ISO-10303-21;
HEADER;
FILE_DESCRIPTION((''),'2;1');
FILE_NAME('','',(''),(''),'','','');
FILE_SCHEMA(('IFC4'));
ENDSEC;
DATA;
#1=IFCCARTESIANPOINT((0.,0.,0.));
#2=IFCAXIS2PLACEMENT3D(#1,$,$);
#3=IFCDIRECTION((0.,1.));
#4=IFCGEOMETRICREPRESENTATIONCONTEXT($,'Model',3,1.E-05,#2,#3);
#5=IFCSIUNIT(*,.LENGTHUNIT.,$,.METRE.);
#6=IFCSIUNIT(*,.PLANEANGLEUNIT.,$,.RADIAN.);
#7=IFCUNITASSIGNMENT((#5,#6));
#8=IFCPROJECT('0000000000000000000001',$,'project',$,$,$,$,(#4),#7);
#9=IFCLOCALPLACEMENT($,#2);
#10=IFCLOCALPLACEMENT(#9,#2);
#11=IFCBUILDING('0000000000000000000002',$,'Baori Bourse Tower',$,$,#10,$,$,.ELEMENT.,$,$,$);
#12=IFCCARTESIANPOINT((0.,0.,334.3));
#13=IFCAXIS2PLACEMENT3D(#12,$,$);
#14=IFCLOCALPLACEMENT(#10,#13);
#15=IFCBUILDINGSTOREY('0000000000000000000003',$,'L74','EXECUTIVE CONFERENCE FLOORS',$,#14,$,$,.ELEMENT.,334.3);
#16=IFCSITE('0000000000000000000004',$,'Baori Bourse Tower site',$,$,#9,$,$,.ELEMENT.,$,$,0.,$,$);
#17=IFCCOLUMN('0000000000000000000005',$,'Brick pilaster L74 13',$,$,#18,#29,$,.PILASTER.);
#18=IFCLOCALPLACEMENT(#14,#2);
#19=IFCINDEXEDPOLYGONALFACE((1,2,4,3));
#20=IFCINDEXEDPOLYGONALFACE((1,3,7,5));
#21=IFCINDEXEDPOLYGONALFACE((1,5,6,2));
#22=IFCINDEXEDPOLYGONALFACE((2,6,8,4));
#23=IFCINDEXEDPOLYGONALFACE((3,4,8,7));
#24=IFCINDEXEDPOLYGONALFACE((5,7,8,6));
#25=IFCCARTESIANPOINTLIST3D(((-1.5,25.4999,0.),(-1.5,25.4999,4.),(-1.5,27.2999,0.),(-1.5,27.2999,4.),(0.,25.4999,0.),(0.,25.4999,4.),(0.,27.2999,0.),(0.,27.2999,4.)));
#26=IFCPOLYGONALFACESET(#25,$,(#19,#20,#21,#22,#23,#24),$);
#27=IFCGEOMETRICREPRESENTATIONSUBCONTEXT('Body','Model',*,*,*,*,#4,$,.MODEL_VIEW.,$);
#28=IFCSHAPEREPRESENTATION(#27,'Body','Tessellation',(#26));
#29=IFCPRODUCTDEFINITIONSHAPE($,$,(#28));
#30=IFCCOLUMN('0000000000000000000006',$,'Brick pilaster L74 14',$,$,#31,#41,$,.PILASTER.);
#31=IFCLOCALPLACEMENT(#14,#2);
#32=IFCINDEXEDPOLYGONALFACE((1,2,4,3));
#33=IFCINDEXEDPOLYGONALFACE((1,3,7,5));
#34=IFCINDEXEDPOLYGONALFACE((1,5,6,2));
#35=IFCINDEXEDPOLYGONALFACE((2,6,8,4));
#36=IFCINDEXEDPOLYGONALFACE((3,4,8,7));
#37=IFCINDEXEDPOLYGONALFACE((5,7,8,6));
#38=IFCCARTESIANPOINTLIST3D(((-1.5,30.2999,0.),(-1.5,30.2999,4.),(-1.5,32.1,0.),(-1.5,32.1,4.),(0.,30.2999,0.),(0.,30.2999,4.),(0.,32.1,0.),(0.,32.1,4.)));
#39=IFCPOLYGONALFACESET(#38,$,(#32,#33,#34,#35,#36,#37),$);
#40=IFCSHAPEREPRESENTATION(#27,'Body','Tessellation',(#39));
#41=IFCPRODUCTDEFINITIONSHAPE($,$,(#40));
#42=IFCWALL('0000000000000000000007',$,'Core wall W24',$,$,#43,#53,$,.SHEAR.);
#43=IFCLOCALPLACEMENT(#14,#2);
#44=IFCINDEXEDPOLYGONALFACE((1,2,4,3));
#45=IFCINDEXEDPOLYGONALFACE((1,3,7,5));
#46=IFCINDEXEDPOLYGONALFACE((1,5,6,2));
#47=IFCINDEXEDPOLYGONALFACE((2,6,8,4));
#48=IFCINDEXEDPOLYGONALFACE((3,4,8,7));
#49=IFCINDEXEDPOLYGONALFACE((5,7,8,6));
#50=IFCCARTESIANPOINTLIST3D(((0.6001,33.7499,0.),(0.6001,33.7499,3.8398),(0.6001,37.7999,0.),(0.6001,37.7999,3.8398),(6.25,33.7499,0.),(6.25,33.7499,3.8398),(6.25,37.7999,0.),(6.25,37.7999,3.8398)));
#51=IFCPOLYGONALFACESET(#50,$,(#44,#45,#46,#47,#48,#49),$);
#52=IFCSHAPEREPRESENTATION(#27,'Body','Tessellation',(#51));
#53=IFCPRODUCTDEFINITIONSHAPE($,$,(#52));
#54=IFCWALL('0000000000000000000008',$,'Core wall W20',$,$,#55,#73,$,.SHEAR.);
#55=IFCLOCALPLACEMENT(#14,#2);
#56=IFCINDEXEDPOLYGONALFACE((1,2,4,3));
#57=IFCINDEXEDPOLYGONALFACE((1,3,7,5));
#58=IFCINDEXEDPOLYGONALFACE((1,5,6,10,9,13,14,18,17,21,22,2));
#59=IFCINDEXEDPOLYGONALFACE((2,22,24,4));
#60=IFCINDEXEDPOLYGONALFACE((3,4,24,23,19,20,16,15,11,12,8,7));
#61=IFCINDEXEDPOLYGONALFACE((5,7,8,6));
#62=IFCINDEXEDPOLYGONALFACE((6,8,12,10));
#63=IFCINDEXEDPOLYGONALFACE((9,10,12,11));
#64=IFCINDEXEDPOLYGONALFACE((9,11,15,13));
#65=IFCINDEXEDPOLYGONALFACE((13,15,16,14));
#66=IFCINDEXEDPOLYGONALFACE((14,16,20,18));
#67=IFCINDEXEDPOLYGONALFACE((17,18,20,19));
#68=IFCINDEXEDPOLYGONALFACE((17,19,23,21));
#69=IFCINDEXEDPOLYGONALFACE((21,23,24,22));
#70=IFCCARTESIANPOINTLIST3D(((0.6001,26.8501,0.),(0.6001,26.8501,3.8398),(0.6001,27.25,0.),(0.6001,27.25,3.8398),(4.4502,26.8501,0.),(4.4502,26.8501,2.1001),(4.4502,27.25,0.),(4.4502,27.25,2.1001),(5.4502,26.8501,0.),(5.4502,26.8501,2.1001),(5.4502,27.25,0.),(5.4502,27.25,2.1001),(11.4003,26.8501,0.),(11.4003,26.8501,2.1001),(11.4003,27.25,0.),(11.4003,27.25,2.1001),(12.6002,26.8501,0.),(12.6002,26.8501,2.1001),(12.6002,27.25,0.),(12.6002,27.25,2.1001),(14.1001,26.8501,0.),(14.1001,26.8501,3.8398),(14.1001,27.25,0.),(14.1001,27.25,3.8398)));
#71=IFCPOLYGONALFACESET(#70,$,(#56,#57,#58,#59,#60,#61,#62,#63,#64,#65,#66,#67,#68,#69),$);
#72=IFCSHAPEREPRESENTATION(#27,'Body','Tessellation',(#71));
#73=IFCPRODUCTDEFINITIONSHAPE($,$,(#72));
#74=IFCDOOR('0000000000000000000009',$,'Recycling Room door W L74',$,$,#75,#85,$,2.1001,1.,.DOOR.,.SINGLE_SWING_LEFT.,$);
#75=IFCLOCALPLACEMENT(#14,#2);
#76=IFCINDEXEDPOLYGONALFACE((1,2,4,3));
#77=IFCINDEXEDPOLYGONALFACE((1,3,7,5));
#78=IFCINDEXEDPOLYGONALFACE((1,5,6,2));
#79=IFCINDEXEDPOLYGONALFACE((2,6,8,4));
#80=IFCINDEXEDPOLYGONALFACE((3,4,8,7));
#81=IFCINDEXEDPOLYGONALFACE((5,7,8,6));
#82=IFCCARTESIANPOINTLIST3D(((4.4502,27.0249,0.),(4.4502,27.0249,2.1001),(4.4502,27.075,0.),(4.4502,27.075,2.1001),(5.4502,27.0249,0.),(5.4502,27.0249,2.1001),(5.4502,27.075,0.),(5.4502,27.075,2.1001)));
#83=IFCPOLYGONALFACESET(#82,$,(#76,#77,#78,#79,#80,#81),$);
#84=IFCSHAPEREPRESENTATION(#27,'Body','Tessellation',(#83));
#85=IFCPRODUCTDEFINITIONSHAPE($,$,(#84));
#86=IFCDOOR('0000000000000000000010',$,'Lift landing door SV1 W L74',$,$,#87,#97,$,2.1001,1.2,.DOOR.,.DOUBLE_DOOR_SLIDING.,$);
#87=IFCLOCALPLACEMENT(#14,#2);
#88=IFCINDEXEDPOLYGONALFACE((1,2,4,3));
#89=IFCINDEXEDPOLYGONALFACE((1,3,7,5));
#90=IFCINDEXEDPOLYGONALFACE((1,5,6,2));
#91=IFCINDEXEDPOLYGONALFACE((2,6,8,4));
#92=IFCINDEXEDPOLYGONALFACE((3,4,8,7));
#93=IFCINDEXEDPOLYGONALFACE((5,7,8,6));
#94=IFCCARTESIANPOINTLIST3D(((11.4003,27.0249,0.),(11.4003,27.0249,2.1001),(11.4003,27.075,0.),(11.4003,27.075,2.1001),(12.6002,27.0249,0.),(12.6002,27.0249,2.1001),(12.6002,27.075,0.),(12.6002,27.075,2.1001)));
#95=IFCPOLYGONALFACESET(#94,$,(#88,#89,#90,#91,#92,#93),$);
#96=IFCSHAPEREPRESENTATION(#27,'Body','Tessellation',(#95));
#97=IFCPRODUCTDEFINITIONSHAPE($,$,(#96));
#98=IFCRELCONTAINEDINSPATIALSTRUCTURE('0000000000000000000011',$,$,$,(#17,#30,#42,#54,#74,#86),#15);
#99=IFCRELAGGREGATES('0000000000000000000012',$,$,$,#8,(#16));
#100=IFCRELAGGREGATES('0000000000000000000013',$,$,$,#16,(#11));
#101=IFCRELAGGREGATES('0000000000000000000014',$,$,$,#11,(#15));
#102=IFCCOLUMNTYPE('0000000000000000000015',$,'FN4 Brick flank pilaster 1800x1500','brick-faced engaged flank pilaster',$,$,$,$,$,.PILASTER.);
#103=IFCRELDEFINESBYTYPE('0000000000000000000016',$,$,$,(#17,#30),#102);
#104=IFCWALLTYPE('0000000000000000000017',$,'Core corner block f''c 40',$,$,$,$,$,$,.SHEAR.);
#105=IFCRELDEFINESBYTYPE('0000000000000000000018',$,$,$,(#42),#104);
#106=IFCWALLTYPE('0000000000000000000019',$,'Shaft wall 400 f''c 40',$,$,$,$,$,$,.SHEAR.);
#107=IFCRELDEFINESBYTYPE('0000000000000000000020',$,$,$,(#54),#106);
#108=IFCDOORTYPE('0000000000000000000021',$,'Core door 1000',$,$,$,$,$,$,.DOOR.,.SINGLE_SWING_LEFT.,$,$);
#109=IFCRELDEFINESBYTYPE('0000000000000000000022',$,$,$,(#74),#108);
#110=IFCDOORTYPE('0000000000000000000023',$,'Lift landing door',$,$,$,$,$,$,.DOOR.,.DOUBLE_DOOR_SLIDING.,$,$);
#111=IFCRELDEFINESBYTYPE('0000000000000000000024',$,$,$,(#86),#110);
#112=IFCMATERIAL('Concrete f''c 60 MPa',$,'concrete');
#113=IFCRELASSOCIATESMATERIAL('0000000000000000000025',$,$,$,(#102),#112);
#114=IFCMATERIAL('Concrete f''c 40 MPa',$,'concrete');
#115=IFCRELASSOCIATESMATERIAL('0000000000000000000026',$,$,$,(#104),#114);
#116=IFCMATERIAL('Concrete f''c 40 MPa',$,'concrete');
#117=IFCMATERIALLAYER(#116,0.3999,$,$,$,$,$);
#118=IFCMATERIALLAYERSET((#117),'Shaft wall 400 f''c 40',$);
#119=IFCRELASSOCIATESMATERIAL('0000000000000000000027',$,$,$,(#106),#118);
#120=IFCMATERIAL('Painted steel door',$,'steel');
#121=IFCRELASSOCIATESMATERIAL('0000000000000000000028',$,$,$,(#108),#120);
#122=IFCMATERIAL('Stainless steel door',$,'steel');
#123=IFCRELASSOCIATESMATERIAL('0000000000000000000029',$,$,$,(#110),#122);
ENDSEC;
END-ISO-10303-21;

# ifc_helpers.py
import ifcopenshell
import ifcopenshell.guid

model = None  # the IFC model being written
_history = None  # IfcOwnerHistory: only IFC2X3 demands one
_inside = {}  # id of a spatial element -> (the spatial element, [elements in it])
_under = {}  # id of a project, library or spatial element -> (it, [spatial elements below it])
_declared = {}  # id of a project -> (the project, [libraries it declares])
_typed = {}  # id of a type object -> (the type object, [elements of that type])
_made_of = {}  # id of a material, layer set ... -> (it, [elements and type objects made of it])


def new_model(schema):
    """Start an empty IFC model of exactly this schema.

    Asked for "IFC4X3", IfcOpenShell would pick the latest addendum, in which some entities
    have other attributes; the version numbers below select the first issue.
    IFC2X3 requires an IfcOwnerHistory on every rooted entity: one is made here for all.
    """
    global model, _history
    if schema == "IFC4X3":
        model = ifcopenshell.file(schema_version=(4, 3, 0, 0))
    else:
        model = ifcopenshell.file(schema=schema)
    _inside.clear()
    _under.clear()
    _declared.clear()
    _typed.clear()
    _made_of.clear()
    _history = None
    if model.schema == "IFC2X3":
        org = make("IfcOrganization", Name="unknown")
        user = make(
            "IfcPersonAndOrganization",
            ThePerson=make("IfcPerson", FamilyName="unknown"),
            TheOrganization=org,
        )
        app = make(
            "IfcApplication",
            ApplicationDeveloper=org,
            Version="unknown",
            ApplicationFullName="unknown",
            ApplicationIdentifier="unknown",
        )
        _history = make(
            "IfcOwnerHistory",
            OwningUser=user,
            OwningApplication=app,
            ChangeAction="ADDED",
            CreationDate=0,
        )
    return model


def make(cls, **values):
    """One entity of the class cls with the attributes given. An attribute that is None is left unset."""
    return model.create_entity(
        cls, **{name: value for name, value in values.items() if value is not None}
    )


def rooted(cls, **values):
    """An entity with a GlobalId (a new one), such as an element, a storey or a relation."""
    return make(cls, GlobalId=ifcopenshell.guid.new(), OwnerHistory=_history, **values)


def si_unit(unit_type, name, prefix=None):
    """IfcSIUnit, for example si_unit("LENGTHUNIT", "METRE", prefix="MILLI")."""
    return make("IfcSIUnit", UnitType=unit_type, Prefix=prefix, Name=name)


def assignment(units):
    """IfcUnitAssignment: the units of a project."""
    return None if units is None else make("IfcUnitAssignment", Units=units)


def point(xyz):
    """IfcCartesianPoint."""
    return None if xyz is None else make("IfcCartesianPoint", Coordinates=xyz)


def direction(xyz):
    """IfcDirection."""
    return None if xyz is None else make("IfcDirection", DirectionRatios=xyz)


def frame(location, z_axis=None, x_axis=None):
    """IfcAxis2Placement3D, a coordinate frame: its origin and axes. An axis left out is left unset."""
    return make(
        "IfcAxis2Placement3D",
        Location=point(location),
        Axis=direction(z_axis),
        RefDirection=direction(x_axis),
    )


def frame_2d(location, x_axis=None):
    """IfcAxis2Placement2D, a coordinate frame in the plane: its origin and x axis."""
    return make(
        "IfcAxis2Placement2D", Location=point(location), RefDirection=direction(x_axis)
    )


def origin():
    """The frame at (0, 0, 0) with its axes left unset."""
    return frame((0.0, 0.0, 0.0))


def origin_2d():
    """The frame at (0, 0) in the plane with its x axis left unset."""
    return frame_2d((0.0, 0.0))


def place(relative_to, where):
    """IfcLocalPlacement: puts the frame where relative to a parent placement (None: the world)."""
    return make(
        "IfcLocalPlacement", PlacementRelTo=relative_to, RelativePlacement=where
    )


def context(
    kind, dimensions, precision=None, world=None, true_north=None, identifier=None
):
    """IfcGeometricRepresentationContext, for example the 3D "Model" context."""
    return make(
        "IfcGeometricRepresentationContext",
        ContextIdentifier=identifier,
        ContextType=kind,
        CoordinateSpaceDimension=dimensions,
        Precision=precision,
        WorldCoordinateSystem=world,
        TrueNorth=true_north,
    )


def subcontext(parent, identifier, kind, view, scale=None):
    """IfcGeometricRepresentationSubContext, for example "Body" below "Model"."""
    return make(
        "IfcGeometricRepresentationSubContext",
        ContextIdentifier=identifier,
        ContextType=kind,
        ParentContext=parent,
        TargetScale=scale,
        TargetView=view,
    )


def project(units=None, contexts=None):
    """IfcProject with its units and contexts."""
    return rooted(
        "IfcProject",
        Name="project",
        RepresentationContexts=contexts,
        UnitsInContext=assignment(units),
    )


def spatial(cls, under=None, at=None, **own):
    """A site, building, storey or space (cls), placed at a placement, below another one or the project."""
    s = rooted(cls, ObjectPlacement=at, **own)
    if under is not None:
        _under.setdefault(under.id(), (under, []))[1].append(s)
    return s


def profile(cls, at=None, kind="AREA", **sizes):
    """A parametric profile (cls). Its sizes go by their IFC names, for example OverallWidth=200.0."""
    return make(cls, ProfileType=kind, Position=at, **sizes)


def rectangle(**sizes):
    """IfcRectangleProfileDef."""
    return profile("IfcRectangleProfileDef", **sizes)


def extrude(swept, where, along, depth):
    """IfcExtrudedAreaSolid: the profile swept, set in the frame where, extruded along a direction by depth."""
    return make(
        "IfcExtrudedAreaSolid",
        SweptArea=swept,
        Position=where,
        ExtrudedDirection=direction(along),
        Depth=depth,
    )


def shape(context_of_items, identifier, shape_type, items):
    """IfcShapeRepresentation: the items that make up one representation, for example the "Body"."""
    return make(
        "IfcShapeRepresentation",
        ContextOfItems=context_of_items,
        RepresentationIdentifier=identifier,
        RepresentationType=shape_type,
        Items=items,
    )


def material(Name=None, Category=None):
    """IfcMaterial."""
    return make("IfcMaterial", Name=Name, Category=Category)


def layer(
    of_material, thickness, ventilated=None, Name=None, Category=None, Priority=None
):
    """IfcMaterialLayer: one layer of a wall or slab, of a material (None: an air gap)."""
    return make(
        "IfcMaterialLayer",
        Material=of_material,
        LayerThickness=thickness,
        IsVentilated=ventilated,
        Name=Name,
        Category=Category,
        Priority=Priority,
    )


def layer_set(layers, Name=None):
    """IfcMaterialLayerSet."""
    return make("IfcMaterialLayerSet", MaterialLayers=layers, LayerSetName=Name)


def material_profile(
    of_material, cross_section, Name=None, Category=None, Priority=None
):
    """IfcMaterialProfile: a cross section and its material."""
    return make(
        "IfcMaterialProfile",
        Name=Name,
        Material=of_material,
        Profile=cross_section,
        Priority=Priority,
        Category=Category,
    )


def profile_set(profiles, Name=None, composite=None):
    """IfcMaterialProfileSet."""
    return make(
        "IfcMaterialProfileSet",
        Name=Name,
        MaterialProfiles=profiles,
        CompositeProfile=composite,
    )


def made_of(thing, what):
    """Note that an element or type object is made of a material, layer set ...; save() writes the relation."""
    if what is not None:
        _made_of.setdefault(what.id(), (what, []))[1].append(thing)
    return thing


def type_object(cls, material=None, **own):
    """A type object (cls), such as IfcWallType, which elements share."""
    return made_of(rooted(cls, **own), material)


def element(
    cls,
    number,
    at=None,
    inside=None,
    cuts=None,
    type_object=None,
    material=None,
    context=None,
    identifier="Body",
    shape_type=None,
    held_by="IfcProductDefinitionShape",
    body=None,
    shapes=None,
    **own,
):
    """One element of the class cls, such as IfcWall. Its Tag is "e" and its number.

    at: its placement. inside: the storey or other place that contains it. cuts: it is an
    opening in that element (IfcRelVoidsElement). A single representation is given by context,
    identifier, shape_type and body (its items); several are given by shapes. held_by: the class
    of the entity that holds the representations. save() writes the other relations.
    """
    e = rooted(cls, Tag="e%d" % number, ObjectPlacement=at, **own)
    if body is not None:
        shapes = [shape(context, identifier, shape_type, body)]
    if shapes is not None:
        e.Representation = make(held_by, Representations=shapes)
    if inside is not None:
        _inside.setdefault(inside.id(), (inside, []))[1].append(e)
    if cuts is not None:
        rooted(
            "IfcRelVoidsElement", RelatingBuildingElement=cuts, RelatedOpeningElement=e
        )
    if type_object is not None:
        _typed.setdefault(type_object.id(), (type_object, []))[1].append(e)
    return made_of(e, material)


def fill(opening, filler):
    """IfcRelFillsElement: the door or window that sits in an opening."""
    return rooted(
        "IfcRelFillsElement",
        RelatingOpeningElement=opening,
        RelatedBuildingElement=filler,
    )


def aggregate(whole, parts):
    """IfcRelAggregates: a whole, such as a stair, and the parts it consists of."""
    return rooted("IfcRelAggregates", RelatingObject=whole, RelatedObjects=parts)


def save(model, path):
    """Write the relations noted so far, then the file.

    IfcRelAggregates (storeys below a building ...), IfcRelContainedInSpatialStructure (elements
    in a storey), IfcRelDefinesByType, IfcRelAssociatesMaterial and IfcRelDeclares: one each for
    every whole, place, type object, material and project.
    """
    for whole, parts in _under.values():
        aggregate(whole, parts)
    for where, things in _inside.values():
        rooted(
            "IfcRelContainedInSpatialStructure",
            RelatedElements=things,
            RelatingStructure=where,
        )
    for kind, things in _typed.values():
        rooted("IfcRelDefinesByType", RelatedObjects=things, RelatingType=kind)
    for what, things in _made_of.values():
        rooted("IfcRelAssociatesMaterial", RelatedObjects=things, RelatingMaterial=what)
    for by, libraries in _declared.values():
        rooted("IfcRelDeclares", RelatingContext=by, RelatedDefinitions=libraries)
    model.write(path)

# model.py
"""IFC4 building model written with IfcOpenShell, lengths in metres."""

from ifc_helpers import new_model, si_unit, direction, frame, frame_2d, origin, origin_2d, place, context, subcontext, project, spatial, rectangle, extrude, material, layer, layer_set, material_profile, profile_set, type_object, element, fill, save


model = new_model("IFC4")

# Units and contexts
model_context = context("Model", 3, precision=1e-05, world=origin(), true_north=direction((0.0, 1.0)))
body_context = subcontext(model_context, "Body", "Model", "MODEL_VIEW")
ifc_project = project(units=[si_unit("LENGTHUNIT", "METRE"), si_unit("PLANEANGLEUNIT", "RADIAN")], contexts=[model_context])

# Site, building, storey
site_placement = place(None, origin())
site = spatial("IfcSite", under=ifc_project, at=site_placement, Name="Baori Bourse Tower site", CompositionType="ELEMENT", RefElevation=0.0)
building_placement = place(site_placement, origin())
building = spatial("IfcBuilding", under=site, at=building_placement, Name="Baori Bourse Tower", CompositionType="ELEMENT")
storey_placement = place(building_placement, frame((0.0, 0.0, 334.3)))
storey = spatial("IfcBuildingStorey", under=building, at=storey_placement, Name="L74", Description="EXECUTIVE CONFERENCE FLOORS", CompositionType="ELEMENT", Elevation=334.3)

# Columns
ifc_material_1 = material(Name="Concrete f'c 60 MPa", Category="concrete")
ifc_material_profile = material_profile(ifc_material_1, rectangle(XDim=1.8, YDim=1.5, at=origin_2d()), Name="RC 1800x1500")
ifc_profile_set = profile_set([ifc_material_profile], Name="Concrete f'c 60 MPa")
column_type = type_object("IfcColumnType", Name="FN4 Brick flank pilaster 1800x1500", Description="brick-faced engaged flank pilaster", PredefinedType="PILASTER", material=ifc_profile_set)
for number, where, z_axis, x_axis, name in (
    (1, (-0.75, 26.3999, 0.0), (0.0, 0.0, 1.0), (0.0, 1.0, 0.0), "Brick pilaster L74 13"),
    (2, (-0.75, 31.2, 0.0), (0.0, 0.0, 1.0), (0.0, 1.0, 0.0), "Brick pilaster L74 14"),
):
    element("IfcColumn", number, at=place(storey_placement, frame(where, z_axis=z_axis, x_axis=x_axis)), inside=storey, type_object=column_type, Name=name, PredefinedType="PILASTER", context=body_context, shape_type="SweptSolid", body=[
        extrude(rectangle(XDim=1.8, YDim=1.5, at=origin_2d()), origin(), (0.0, 0.0, 1.0), 4.0),
    ])

# Wall
ifc_material_2 = material(Name="Concrete f'c 40 MPa", Category="concrete")
wall_type_1 = type_object("IfcWallType", Name="Core corner block f'c 40", PredefinedType="SHEAR", material=ifc_material_2)
wall_1_placement = place(storey_placement, frame((0.6001, 35.7749, 0.0), z_axis=(0.0, 0.0, 1.0), x_axis=(1.0, 0.0, 0.0)))
element("IfcWall", 3, at=wall_1_placement, inside=storey, type_object=wall_type_1, Name="Core wall W24", PredefinedType="SHEAR", context=body_context, shape_type="SweptSolid", body=[
    extrude(rectangle(XDim=5.6499, YDim=4.05, at=frame_2d((2.825, 0.0))), origin(), (0.0, 0.0, 1.0), 3.8398),
])

# Wall, openings, doors
ifc_material_3 = material(Name="Concrete f'c 40 MPa", Category="concrete")
ifc_layer_1 = layer(ifc_material_3, 0.3999)
ifc_layer_set_1 = layer_set([ifc_layer_1], Name="Shaft wall 400 f'c 40")
wall_type_2 = type_object("IfcWallType", Name="Shaft wall 400 f'c 40", PredefinedType="SHEAR", material=ifc_layer_set_1)
wall_2_placement = place(storey_placement, frame((0.6001, 27.05, 0.0), z_axis=(0.0, 0.0, 1.0), x_axis=(1.0, 0.0, 0.0)))
wall_2 = element("IfcWall", 4, at=wall_2_placement, inside=storey, type_object=wall_type_2, Name="Core wall W20", PredefinedType="SHEAR", context=body_context, shape_type="SweptSolid", body=[
    extrude(rectangle(XDim=13.5, YDim=0.3999, at=frame_2d((6.75, 0.0))), origin(), (0.0, 0.0, 1.0), 3.8398),
])
opening_1_placement = place(wall_2_placement, frame((3.8501, 0.0, 0.0)))
opening_1 = element("IfcOpeningElement", 5, at=opening_1_placement, cuts=wall_2, PredefinedType="OPENING", context=body_context, shape_type="SweptSolid", body=[
    extrude(rectangle(XDim=1.0, YDim=2.1001, at=frame_2d((0.5, 1.05))), frame((0.0, 0.21, 0.0), z_axis=(0.0, -1.0, 0.0), x_axis=(1.0, 0.0, 0.0)), (0.0, 0.0, 1.0), 0.4199),
])
opening_2_placement = place(wall_2_placement, frame((10.8, 0.0, 0.0)))
opening_2 = element("IfcOpeningElement", 6, at=opening_2_placement, cuts=wall_2, PredefinedType="OPENING", context=body_context, shape_type="SweptSolid", body=[
    extrude(rectangle(XDim=1.2, YDim=2.1001, at=frame_2d((0.6001, 1.05))), frame((0.0, 0.21, 0.0), z_axis=(0.0, -1.0, 0.0), x_axis=(1.0, 0.0, 0.0)), (0.0, 0.0, 1.0), 0.4199),
])
ifc_material_4 = material(Name="Painted steel door", Category="steel")
door_type_1 = type_object("IfcDoorType", Name="Core door 1000", OperationType="SINGLE_SWING_LEFT", PredefinedType="DOOR", material=ifc_material_4)
door_1_placement = place(opening_1_placement, origin())
door_1 = element("IfcDoor", 7, at=door_1_placement, inside=storey, type_object=door_type_1, Name="Recycling Room door W L74", OperationType="SINGLE_SWING_LEFT", OverallHeight=2.1001, OverallWidth=1.0, PredefinedType="DOOR", context=body_context, shape_type="SweptSolid", body=[
    extrude(rectangle(XDim=1.0, YDim=2.1001, at=frame_2d((0.5, 1.05))), frame((0.0, 0.0249, 0.0), z_axis=(0.0, -1.0, 0.0), x_axis=(1.0, 0.0, 0.0)), (0.0, 0.0, 1.0), 0.05),
])
fill(opening_1, door_1)
ifc_material_5 = material(Name="Stainless steel door", Category="steel")
door_type_2 = type_object("IfcDoorType", Name="Lift landing door", OperationType="DOUBLE_DOOR_SLIDING", PredefinedType="DOOR", material=ifc_material_5)
door_2_placement = place(opening_2_placement, origin())
door_2 = element("IfcDoor", 8, at=door_2_placement, inside=storey, type_object=door_type_2, Name="Lift landing door SV1 W L74", OperationType="DOUBLE_DOOR_SLIDING", OverallHeight=2.1001, OverallWidth=1.2, PredefinedType="DOOR", context=body_context, shape_type="SweptSolid", body=[
    extrude(rectangle(XDim=1.2, YDim=2.1001, at=frame_2d((0.6001, 1.05))), frame((0.0, 0.0249, 0.0), z_axis=(0.0, -1.0, 0.0), x_axis=(1.0, 0.0, 0.0)), (0.0, 0.0, 1.0), 0.05),
])
fill(opening_2, door_2)

save(model, "model.ifc")
